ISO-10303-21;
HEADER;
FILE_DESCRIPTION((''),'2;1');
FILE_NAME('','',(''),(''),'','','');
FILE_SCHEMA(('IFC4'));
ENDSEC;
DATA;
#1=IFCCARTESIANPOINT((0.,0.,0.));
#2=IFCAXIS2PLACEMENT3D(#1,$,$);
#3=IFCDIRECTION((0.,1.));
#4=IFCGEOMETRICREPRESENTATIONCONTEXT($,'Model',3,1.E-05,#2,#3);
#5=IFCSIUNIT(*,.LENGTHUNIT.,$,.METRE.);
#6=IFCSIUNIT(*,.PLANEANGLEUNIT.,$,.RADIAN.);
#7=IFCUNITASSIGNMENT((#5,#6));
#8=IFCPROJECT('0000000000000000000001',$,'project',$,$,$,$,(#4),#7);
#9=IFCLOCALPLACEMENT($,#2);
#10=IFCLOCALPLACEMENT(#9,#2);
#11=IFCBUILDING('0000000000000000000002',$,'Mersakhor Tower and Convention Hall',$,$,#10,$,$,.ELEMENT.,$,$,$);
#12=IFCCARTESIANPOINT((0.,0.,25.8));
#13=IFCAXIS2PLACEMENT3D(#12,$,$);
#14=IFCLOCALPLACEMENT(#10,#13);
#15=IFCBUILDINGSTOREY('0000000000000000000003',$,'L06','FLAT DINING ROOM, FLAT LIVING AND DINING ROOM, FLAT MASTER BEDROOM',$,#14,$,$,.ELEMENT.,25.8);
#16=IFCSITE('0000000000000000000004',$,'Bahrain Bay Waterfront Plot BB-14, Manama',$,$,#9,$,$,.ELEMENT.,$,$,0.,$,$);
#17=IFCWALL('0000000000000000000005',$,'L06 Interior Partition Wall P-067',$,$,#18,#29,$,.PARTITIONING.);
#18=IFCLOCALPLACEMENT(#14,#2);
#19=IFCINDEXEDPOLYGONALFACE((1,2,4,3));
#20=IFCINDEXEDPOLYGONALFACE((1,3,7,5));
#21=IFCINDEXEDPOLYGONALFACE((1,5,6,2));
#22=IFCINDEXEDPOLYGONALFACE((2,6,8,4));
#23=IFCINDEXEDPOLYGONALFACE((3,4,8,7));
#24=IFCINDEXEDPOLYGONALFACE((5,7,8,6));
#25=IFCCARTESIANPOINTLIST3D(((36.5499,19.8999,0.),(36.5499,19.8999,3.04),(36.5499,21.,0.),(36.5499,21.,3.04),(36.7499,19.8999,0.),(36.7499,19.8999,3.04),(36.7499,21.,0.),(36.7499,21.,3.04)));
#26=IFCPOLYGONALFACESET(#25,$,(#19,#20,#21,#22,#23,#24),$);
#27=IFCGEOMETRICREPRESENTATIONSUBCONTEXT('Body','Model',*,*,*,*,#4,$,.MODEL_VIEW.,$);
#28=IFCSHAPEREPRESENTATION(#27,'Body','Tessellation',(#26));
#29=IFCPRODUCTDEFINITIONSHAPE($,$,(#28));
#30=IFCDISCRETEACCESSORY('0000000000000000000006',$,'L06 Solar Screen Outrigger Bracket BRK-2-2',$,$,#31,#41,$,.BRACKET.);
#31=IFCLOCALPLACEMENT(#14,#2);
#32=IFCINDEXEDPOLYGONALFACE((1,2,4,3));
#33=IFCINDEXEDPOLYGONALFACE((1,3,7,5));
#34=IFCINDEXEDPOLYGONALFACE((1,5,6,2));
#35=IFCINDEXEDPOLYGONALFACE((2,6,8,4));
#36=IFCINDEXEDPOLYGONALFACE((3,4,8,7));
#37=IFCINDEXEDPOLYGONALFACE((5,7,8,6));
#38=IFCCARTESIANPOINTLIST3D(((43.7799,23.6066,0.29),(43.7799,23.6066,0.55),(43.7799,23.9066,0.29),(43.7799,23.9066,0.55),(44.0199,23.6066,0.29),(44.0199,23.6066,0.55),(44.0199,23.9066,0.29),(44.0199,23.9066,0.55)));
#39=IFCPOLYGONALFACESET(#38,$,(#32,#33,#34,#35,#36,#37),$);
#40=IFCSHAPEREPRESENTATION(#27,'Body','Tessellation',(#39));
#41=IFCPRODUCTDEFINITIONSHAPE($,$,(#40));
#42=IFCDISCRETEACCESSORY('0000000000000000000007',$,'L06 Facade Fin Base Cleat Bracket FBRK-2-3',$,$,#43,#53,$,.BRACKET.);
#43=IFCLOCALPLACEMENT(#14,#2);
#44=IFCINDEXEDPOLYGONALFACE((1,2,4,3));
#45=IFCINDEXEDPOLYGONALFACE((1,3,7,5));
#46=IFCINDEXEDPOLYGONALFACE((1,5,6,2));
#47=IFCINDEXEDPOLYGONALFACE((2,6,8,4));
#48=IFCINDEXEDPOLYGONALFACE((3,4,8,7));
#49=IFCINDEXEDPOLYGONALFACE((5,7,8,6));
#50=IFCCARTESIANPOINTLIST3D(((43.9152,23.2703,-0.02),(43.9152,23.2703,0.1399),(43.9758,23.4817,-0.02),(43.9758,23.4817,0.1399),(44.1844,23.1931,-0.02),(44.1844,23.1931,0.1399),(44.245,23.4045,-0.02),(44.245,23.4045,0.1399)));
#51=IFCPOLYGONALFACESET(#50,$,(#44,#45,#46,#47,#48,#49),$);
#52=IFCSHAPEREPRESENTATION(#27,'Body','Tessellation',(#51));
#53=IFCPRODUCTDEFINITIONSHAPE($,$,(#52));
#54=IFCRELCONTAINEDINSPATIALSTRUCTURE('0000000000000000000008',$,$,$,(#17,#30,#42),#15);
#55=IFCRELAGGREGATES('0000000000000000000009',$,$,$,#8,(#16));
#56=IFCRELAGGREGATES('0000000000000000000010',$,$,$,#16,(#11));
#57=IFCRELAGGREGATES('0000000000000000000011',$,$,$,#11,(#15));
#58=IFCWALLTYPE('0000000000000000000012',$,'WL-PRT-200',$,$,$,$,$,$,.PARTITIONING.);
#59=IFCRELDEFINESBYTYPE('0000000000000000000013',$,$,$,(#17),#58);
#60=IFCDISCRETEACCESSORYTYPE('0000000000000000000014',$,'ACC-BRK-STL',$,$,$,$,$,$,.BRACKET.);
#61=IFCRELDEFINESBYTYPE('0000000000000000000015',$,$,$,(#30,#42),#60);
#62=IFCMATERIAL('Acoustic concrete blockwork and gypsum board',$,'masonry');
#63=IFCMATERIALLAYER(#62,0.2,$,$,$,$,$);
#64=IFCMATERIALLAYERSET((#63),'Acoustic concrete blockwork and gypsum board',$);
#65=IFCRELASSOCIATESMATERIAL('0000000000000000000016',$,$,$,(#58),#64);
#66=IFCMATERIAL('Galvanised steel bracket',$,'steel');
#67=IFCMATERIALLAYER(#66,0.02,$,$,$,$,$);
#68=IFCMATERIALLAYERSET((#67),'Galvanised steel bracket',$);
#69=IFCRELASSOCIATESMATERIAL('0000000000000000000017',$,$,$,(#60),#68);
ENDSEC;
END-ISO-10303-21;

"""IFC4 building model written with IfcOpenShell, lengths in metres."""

from ifc_helpers import new_model, si_unit, direction, frame, frame_2d, origin, origin_2d, place, context, subcontext, project, spatial, rectangle, extrude, material, layer, layer_set, type_object, element, save


model = new_model("IFC4")

# Units and contexts
model_context = context("Model", 3, precision=1e-05, world=origin(), true_north=direction((0.0, 1.0)))
body_context = subcontext(model_context, "Body", "Model", "MODEL_VIEW")
ifc_project = project(units=[si_unit("LENGTHUNIT", "METRE"), si_unit("PLANEANGLEUNIT", "RADIAN")], contexts=[model_context])

# Site, building, storey
site_placement = place(None, origin())
site = spatial("IfcSite", under=ifc_project, at=site_placement, Name="Bahrain Bay Waterfront Plot BB-14, Manama", CompositionType="ELEMENT", RefElevation=0.0)
building_placement = place(site_placement, origin())
building = spatial("IfcBuilding", under=site, at=building_placement, Name="Mersakhor Tower and Convention Hall", CompositionType="ELEMENT")
storey_placement = place(building_placement, frame((0.0, 0.0, 25.8)))
storey = spatial("IfcBuildingStorey", under=building, at=storey_placement, Name="L06", Description="FLAT DINING ROOM, FLAT LIVING AND DINING ROOM, FLAT MASTER BEDROOM", CompositionType="ELEMENT", Elevation=25.8)

# Wall
ifc_material_1 = material(Name="Acoustic concrete blockwork and gypsum board", Category="masonry")
ifc_layer_1 = layer(ifc_material_1, 0.2)
ifc_layer_set_1 = layer_set([ifc_layer_1], Name="Acoustic concrete blockwork and gypsum board")
wall_type_1 = type_object("IfcWallType", Name="WL-PRT-200", PredefinedType="PARTITIONING", material=ifc_layer_set_1)
wall_1_placement = place(storey_placement, frame((36.6499, 19.8999, 0.0), z_axis=(0.0, 0.0, 1.0), x_axis=(0.0, 1.0, 0.0)))
element("IfcWall", 1, at=wall_1_placement, inside=storey, type_object=wall_type_1, Name="L06 Interior Partition Wall P-067", PredefinedType="PARTITIONING", context=body_context, shape_type="SweptSolid", body=[
    extrude(rectangle(XDim=1.1001, YDim=0.2, at=frame_2d((0.55, 0.0))), origin(), (0.0, 0.0, 1.0), 3.04),
])

# Discrete accessories
ifc_material_2 = material(Name="Galvanised steel bracket", Category="steel")
ifc_layer_2 = layer(ifc_material_2, 0.02)
ifc_layer_set_2 = layer_set([ifc_layer_2], Name="Galvanised steel bracket")
discrete_accessory_type = type_object("IfcDiscreteAccessoryType", Name="ACC-BRK-STL", PredefinedType="BRACKET", material=ifc_layer_set_2)
discrete_accessory_1_placement = place(storey_placement, frame((43.8999, 23.7566, 0.29), z_axis=(0.0, 0.0, 1.0), x_axis=(0.0, -1.0, 0.0)))
element("IfcDiscreteAccessory", 2, at=discrete_accessory_1_placement, inside=storey, type_object=discrete_accessory_type, Name="L06 Solar Screen Outrigger Bracket BRK-2-2", PredefinedType="BRACKET", context=body_context, shape_type="SweptSolid", body=[
    extrude(rectangle(XDim=0.3, YDim=0.24, at=origin_2d()), origin(), (0.0, 0.0, 1.0), 0.26),
])
discrete_accessory_2_placement = place(storey_placement, frame((44.0801, 23.3374, -0.02), z_axis=(0.0, 0.0, 1.0), x_axis=(0.961262, -0.275637, 0.0)))
element("IfcDiscreteAccessory", 3, at=discrete_accessory_2_placement, inside=storey, type_object=discrete_accessory_type, Name="L06 Facade Fin Base Cleat Bracket FBRK-2-3", PredefinedType="BRACKET", context=body_context, shape_type="SweptSolid", body=[
    extrude(rectangle(XDim=0.28, YDim=0.22, at=origin_2d()), origin(), (0.0, 0.0, 1.0), 0.1599),
])

save(model, "model.ifc")
